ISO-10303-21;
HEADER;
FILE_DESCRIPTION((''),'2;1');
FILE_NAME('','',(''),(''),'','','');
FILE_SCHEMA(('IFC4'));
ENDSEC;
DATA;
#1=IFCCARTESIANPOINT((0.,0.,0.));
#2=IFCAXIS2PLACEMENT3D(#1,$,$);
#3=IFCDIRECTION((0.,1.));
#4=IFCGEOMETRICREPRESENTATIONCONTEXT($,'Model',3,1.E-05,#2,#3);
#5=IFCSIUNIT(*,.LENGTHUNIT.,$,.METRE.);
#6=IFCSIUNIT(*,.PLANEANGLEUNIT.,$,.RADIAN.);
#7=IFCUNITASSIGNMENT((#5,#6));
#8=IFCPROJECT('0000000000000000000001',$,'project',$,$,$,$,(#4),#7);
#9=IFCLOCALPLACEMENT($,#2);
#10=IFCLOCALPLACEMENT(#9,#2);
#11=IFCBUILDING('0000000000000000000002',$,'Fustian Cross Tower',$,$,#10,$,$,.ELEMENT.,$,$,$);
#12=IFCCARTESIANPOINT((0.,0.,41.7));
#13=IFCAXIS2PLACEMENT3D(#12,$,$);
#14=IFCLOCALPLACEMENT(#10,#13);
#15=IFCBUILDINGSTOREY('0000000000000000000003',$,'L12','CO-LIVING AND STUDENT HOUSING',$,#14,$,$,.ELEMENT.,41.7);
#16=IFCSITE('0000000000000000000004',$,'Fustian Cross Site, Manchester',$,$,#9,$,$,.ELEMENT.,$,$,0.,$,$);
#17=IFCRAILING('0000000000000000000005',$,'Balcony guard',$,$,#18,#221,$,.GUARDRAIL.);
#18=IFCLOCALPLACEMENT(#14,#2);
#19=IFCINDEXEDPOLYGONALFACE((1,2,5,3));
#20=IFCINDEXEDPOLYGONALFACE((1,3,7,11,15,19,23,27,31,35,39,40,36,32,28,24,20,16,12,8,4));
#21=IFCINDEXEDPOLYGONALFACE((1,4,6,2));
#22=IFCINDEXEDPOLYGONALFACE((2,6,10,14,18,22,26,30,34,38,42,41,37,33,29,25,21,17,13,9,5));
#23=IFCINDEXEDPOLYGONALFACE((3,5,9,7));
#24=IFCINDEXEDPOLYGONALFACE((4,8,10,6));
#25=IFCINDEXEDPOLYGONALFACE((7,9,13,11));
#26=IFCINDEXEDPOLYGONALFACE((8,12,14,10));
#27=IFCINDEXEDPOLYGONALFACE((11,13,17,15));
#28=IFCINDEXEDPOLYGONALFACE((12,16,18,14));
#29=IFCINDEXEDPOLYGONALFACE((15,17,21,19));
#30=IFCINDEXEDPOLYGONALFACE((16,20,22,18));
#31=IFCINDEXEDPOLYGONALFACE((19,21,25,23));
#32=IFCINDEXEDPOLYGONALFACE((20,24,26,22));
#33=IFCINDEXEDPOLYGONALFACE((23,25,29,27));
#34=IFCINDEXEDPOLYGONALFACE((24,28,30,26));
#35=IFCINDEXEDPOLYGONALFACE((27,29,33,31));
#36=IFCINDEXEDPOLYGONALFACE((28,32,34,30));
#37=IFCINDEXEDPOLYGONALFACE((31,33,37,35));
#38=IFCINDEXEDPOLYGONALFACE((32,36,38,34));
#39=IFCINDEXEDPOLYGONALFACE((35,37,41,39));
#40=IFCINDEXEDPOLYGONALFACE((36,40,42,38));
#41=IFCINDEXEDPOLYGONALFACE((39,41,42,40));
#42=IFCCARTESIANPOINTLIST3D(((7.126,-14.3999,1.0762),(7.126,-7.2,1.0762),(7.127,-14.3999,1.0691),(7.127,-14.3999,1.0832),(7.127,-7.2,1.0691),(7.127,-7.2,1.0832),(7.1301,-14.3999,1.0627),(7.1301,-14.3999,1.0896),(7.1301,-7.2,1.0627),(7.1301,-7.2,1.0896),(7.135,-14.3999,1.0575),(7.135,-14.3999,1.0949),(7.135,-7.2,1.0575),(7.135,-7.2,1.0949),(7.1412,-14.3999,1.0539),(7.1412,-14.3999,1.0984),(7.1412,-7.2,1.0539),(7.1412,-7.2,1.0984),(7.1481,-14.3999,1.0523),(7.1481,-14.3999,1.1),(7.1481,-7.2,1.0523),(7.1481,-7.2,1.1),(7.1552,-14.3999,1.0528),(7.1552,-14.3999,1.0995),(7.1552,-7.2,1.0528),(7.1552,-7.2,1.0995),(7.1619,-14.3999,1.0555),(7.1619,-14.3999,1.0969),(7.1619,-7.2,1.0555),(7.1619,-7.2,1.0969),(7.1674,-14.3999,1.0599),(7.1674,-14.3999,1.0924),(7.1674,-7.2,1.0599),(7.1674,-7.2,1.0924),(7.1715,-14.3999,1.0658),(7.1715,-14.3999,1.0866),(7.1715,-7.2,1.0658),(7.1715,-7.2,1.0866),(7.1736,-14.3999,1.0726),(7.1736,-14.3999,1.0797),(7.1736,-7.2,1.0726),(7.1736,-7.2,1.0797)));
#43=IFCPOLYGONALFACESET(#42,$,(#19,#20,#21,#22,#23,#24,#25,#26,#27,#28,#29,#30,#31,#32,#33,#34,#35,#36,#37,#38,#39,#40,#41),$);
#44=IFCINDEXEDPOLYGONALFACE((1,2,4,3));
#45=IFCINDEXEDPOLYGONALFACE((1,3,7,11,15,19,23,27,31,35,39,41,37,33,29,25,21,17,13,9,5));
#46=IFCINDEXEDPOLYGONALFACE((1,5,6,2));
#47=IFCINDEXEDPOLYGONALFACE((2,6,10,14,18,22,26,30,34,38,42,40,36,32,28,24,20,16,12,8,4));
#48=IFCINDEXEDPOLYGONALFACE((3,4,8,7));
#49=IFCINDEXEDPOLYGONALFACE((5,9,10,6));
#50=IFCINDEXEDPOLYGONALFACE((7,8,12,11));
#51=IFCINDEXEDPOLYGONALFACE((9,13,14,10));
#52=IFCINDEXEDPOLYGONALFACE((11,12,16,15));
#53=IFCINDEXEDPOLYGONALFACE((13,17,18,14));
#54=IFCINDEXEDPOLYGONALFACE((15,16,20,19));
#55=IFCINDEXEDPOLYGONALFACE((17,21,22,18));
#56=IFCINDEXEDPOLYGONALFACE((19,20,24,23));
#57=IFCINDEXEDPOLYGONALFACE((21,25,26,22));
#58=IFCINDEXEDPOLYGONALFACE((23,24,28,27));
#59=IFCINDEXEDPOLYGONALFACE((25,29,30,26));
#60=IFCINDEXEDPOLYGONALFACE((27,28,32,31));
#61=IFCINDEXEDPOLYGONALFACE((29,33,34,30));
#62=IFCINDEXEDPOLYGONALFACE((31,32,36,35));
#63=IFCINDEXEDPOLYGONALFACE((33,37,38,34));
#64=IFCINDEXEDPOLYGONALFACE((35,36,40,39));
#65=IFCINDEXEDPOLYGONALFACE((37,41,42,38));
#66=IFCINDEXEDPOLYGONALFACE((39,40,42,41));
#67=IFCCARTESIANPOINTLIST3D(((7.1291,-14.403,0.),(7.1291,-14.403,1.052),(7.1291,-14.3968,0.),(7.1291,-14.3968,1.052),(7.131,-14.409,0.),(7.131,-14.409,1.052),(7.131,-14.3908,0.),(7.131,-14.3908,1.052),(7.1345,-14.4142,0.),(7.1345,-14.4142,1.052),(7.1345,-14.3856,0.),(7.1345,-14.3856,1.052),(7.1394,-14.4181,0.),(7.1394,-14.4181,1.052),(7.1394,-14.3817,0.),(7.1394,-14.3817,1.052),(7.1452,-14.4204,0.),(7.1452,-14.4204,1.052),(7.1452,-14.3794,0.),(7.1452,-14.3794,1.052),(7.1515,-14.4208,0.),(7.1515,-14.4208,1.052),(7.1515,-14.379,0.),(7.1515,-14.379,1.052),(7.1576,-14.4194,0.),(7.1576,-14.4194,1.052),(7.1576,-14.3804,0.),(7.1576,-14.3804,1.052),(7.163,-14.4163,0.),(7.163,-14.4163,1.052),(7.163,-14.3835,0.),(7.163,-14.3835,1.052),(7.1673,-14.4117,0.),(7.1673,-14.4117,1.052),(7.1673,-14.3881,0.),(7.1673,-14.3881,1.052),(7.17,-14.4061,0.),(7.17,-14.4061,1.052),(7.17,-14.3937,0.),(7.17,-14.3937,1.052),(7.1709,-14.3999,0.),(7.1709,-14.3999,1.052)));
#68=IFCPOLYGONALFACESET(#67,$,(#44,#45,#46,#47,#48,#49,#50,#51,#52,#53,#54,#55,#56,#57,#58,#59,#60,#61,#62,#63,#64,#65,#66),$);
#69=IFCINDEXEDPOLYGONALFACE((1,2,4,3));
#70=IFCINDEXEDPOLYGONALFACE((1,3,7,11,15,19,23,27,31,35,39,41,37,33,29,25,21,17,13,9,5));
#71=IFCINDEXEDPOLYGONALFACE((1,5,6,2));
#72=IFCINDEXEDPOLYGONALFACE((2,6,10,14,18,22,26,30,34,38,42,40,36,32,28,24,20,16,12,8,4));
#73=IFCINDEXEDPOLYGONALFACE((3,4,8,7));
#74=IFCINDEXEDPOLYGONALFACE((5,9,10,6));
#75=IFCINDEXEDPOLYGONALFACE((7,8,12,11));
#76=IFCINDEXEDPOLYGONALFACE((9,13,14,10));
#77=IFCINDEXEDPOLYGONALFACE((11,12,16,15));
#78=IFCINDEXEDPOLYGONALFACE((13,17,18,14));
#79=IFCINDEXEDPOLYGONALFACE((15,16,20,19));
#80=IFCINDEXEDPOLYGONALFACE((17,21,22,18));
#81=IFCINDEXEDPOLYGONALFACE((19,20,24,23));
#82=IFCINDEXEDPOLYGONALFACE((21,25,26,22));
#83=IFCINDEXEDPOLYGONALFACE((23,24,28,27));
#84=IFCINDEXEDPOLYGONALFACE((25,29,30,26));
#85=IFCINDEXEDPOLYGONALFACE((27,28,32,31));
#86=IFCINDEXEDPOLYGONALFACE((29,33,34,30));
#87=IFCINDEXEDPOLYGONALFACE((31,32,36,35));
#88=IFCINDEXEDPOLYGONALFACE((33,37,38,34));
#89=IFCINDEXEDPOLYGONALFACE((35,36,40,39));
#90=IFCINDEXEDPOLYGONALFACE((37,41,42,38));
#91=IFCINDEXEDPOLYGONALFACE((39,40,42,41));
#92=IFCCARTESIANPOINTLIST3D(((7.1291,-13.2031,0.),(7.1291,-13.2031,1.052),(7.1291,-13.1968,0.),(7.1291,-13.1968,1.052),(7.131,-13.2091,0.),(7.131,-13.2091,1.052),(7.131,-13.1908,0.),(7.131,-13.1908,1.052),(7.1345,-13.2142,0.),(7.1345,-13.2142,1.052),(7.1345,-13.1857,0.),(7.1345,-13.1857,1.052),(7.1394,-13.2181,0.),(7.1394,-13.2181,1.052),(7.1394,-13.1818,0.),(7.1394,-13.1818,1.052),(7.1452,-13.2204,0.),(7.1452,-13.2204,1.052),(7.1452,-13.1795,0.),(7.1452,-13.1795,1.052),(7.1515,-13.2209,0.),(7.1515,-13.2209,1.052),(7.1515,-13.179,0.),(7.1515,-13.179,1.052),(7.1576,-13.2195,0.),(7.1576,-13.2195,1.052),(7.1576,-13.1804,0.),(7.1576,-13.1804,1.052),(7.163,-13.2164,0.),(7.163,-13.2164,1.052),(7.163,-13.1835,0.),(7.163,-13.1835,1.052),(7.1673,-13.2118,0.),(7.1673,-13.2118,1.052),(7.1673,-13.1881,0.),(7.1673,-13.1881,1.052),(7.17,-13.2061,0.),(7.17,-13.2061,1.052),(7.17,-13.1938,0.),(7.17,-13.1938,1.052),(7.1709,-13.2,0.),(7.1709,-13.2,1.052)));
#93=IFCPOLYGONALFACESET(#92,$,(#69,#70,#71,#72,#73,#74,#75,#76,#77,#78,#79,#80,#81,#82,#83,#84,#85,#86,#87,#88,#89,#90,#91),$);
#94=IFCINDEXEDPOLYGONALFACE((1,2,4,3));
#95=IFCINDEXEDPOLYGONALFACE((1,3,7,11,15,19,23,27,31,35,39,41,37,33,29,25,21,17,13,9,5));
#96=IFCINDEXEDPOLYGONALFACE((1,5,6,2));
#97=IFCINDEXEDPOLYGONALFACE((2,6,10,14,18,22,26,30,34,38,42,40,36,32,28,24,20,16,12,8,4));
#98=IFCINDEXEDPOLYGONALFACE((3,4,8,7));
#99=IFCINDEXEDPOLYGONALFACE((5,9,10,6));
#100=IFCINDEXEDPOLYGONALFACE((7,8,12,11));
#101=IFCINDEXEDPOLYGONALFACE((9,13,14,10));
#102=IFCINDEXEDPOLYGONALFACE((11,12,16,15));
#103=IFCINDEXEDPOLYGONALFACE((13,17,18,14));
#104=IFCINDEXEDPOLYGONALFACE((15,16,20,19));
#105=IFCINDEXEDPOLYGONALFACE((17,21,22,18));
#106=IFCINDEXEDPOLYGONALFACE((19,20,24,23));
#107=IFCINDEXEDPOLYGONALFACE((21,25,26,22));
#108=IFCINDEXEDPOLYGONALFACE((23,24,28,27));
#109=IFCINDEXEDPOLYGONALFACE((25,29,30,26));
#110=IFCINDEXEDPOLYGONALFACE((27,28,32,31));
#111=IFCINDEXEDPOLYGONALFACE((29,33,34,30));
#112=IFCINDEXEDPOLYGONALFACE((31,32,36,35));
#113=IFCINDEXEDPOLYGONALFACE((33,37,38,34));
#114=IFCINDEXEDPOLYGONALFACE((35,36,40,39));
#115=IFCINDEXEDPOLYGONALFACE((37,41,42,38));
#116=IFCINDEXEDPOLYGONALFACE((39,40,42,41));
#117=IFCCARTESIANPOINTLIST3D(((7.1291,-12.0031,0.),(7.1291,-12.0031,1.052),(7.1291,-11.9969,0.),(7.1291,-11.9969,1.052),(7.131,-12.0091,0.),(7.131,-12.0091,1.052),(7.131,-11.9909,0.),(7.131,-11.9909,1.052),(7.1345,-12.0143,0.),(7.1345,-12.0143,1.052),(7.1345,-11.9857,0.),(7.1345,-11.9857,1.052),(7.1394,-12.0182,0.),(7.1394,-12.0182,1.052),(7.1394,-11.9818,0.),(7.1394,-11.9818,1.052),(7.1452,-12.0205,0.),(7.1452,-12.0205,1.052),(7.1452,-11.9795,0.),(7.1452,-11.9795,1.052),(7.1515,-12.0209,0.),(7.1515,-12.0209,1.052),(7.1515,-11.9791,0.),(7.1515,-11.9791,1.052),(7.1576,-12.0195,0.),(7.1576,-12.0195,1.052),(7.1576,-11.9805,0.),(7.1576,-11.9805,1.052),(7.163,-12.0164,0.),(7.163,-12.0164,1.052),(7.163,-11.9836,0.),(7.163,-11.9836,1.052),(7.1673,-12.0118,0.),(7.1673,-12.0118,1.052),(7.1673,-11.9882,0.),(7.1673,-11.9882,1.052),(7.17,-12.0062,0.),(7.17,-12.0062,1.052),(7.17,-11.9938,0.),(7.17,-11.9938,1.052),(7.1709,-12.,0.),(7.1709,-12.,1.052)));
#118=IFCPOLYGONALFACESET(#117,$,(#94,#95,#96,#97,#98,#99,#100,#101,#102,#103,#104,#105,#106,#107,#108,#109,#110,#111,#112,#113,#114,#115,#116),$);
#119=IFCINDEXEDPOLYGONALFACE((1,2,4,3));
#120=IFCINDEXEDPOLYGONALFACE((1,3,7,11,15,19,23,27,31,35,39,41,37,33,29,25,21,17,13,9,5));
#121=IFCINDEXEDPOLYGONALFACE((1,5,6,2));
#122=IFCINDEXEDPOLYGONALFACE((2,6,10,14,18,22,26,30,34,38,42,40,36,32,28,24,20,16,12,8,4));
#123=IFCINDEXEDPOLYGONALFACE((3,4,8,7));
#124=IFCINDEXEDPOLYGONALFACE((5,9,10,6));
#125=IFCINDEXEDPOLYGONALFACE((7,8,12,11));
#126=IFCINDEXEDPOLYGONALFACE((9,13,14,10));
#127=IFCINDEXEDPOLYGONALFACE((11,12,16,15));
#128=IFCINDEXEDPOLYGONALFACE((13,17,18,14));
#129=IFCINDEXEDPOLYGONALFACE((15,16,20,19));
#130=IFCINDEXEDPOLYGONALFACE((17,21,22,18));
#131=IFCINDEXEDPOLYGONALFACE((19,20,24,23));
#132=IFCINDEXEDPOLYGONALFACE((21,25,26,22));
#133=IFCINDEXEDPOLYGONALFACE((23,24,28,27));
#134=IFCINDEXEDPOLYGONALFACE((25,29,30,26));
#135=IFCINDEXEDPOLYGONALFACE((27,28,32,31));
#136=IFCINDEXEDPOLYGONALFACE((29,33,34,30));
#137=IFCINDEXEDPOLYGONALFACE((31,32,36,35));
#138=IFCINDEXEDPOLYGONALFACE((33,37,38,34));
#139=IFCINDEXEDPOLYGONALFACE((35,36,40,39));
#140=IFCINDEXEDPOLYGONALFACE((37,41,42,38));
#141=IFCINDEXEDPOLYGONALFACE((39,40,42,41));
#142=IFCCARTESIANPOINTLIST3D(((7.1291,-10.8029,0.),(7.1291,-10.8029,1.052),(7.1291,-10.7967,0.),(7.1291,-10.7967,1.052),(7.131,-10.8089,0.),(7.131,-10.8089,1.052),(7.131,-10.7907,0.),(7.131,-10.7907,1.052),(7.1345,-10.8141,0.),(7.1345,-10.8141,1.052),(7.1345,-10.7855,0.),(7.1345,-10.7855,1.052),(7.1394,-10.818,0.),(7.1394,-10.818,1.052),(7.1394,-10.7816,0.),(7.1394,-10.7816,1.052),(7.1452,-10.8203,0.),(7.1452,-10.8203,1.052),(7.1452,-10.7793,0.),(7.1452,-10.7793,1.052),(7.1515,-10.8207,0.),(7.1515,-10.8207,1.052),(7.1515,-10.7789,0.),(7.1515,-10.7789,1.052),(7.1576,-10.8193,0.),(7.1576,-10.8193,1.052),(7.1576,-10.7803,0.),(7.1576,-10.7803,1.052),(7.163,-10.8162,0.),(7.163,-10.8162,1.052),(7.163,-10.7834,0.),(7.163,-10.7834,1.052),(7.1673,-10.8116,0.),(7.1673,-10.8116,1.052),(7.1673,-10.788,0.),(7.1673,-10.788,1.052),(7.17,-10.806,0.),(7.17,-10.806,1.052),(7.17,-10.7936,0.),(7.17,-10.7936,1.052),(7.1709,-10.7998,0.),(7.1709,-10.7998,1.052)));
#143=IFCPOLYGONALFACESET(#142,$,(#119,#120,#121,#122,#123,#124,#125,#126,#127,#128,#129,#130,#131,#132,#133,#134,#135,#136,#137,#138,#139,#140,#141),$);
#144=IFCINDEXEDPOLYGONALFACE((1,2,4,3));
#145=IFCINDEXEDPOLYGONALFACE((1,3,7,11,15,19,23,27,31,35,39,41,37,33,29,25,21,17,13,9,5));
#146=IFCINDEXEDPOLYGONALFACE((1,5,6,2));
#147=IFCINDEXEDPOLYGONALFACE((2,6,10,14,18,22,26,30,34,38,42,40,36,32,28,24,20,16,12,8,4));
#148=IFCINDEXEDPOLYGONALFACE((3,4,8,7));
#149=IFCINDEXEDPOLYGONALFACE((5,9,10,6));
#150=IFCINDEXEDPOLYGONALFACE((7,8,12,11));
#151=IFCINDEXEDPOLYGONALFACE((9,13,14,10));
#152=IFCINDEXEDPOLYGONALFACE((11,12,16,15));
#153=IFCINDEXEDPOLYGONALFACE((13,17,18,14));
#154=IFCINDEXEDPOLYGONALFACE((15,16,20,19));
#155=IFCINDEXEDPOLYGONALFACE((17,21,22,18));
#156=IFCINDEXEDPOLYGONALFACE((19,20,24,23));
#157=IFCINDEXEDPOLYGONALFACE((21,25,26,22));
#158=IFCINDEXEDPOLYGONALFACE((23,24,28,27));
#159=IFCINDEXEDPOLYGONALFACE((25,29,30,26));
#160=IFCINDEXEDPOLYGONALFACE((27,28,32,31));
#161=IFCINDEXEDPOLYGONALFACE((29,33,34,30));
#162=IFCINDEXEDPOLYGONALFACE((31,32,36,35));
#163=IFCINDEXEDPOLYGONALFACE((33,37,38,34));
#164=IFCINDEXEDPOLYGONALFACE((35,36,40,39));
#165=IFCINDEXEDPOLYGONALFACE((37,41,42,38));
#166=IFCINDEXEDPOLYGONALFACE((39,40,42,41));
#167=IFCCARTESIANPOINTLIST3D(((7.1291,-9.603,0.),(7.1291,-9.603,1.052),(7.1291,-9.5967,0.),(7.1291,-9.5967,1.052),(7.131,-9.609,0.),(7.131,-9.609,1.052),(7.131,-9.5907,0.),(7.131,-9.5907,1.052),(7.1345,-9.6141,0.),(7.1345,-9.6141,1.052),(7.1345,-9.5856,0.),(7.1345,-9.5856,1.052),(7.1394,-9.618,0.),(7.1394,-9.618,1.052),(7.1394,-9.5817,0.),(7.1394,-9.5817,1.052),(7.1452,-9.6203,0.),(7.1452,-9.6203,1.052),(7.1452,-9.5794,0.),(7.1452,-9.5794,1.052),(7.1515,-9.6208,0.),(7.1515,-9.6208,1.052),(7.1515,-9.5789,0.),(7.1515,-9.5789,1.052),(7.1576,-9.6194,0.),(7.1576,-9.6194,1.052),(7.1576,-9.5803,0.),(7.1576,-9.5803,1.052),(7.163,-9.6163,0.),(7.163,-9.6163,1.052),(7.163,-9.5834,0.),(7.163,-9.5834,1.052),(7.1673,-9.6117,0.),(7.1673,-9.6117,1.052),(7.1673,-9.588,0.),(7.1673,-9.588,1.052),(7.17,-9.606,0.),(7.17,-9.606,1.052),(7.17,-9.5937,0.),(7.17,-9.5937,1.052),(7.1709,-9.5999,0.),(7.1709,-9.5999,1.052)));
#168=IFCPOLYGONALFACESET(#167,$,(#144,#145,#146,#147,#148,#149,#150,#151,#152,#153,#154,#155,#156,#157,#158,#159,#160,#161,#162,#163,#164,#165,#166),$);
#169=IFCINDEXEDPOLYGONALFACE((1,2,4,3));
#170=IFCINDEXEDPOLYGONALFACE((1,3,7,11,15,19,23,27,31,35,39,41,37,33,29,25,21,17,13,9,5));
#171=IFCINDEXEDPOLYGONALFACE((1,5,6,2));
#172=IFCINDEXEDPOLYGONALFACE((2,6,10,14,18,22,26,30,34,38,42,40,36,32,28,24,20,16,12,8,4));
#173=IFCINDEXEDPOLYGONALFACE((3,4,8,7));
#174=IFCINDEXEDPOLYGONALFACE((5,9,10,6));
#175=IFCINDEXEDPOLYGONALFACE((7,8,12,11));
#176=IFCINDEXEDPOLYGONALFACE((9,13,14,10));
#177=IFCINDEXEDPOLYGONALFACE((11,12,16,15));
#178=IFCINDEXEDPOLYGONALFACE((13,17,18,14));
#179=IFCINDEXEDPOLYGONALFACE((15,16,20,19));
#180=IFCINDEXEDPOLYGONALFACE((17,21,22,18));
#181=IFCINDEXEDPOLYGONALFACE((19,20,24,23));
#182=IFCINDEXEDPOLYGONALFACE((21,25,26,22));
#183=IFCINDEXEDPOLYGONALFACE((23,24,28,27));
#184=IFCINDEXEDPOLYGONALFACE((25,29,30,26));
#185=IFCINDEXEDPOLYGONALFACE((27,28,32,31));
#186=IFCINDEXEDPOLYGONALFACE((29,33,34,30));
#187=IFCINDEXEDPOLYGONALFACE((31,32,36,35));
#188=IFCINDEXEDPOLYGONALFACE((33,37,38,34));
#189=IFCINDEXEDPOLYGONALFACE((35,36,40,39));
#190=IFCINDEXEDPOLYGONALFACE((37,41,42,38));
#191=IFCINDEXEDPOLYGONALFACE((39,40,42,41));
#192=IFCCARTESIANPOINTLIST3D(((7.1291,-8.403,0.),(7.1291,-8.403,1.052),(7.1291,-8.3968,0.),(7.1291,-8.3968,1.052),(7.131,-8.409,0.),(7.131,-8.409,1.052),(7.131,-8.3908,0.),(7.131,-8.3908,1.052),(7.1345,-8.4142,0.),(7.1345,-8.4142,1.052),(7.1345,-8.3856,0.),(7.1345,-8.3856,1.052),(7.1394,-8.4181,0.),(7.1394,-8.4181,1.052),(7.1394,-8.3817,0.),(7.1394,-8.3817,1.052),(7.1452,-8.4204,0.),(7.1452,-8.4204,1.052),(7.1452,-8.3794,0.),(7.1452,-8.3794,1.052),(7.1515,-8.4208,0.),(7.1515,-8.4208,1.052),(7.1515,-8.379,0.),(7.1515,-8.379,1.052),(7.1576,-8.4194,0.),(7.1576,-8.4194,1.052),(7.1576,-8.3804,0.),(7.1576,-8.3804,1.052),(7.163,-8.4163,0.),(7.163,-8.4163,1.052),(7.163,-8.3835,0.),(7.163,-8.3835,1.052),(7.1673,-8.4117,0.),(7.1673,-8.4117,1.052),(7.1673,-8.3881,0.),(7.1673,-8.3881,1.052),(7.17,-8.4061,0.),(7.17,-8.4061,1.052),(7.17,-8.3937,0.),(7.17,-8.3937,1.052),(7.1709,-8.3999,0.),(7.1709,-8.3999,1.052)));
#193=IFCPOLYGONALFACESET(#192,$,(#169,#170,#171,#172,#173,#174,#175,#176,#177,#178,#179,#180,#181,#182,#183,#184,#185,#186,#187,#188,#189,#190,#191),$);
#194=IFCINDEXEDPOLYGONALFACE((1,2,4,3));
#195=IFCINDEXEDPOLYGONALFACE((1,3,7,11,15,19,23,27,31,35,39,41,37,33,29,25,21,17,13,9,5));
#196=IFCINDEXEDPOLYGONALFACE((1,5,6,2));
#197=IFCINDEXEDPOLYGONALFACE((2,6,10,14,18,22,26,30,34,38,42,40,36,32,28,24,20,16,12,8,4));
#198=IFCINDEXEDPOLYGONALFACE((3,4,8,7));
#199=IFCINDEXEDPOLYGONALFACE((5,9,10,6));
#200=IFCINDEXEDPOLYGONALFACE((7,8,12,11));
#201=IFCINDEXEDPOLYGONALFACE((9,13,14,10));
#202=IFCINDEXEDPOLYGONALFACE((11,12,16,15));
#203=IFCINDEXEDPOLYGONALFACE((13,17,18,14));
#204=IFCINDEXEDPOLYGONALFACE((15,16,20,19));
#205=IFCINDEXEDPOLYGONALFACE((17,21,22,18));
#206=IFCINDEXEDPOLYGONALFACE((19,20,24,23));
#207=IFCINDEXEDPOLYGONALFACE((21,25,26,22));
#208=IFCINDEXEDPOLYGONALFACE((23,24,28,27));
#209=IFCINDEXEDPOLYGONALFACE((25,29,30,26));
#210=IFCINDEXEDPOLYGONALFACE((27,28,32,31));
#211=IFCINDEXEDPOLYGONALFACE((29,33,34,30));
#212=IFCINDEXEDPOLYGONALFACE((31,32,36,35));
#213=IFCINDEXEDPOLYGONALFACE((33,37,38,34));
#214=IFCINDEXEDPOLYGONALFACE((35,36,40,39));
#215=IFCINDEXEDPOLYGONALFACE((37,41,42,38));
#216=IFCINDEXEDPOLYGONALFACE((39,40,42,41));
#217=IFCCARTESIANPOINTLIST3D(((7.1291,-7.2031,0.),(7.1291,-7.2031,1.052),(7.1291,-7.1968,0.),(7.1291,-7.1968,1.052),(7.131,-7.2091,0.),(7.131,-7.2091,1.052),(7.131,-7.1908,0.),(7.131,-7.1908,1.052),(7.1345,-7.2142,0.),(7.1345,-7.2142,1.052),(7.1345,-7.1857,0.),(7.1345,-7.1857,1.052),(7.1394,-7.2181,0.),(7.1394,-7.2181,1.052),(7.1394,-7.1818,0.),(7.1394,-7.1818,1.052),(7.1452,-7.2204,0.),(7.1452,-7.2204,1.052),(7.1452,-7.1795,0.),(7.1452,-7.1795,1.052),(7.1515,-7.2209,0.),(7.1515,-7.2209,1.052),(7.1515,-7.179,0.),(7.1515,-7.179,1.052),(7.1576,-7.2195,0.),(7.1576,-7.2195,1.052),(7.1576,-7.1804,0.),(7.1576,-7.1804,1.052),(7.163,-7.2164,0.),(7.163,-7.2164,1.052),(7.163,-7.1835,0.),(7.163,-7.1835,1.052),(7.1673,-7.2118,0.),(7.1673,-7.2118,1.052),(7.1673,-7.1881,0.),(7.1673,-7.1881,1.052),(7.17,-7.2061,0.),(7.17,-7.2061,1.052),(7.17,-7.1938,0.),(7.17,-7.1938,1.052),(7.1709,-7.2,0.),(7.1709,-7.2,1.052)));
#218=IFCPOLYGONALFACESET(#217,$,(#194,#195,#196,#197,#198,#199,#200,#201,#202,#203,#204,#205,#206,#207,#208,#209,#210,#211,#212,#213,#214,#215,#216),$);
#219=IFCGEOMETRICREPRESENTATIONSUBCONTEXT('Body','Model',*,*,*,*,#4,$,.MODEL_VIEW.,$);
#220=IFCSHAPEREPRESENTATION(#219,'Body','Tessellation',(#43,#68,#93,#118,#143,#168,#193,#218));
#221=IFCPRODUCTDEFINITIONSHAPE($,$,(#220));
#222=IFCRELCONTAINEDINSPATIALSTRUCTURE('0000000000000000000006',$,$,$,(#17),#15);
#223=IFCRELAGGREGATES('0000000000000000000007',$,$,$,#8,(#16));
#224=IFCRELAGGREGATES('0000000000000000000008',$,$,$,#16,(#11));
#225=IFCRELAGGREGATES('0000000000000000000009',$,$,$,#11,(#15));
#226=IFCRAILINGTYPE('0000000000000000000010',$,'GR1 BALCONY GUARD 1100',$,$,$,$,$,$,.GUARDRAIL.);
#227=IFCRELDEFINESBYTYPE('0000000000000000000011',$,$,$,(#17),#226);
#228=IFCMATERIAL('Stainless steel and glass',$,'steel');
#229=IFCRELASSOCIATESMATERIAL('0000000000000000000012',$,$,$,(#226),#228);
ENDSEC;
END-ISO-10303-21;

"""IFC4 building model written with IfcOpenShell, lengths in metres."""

from ifc_helpers import new_model, si_unit, direction, frame, origin, origin_2d, place, context, subcontext, project, spatial, circle, extrude, material, type_object, element, save


model = new_model("IFC4")

# Units and contexts
model_context = context("Model", 3, precision=1e-05, world=origin(), true_north=direction((0.0, 1.0)))
body_context = subcontext(model_context, "Body", "Model", "MODEL_VIEW")
ifc_project = project(units=[si_unit("LENGTHUNIT", "METRE"), si_unit("PLANEANGLEUNIT", "RADIAN")], contexts=[model_context])

# Site, building, storey
site_placement = place(None, origin())
site = spatial("IfcSite", under=ifc_project, at=site_placement, Name="Fustian Cross Site, Manchester", CompositionType="ELEMENT", RefElevation=0.0)
building_placement = place(site_placement, origin())
building = spatial("IfcBuilding", under=site, at=building_placement, Name="Fustian Cross Tower", CompositionType="ELEMENT")
storey_placement = place(building_placement, frame((0.0, 0.0, 41.7)))
storey = spatial("IfcBuildingStorey", under=building, at=storey_placement, Name="L12", Description="CO-LIVING AND STUDENT HOUSING", CompositionType="ELEMENT", Elevation=41.7)

# Railing
ifc_material_1 = material(Name="Stainless steel and glass", Category="steel")
railing_type = type_object("IfcRailingType", Name="GR1 BALCONY GUARD 1100", PredefinedType="GUARDRAIL", material=ifc_material_1)
railing_placement = place(storey_placement, frame((7.1499, -14.3999, 0.0)))
element("IfcRailing", 1, at=railing_placement, inside=storey, type_object=railing_type, Name="Balcony guard", PredefinedType="GUARDRAIL", context=body_context, shape_type="SweptSolid", body=[
    extrude(circle(Radius=0.0239, at=origin_2d()), frame((0.0, 0.0, 1.0762), z_axis=(0.0, 1.0, 0.0), x_axis=(-1.0, 0.0, 0.0)), (0.0, 0.0, 1.0), 7.2),
    extrude(circle(Radius=0.021, at=origin_2d()), origin(), (0.0, 0.0, 1.0), 1.052),
    extrude(circle(Radius=0.021, at=origin_2d()), frame((0.0, 1.2, 0.0)), (0.0, 0.0, 1.0), 1.052),
    extrude(circle(Radius=0.021, at=origin_2d()), frame((0.0, 2.3999, 0.0)), (0.0, 0.0, 1.0), 1.052),
    extrude(circle(Radius=0.021, at=origin_2d()), frame((0.0, 3.6001, 0.0)), (0.0, 0.0, 1.0), 1.052),
    extrude(circle(Radius=0.021, at=origin_2d()), frame((0.0, 4.8, 0.0)), (0.0, 0.0, 1.0), 1.052),
    extrude(circle(Radius=0.021, at=origin_2d()), frame((0.0, 6.0, 0.0)), (0.0, 0.0, 1.0), 1.052),
    extrude(circle(Radius=0.021, at=origin_2d()), frame((0.0, 7.2, 0.0)), (0.0, 0.0, 1.0), 1.052),
])

save(model, "model.ifc")
